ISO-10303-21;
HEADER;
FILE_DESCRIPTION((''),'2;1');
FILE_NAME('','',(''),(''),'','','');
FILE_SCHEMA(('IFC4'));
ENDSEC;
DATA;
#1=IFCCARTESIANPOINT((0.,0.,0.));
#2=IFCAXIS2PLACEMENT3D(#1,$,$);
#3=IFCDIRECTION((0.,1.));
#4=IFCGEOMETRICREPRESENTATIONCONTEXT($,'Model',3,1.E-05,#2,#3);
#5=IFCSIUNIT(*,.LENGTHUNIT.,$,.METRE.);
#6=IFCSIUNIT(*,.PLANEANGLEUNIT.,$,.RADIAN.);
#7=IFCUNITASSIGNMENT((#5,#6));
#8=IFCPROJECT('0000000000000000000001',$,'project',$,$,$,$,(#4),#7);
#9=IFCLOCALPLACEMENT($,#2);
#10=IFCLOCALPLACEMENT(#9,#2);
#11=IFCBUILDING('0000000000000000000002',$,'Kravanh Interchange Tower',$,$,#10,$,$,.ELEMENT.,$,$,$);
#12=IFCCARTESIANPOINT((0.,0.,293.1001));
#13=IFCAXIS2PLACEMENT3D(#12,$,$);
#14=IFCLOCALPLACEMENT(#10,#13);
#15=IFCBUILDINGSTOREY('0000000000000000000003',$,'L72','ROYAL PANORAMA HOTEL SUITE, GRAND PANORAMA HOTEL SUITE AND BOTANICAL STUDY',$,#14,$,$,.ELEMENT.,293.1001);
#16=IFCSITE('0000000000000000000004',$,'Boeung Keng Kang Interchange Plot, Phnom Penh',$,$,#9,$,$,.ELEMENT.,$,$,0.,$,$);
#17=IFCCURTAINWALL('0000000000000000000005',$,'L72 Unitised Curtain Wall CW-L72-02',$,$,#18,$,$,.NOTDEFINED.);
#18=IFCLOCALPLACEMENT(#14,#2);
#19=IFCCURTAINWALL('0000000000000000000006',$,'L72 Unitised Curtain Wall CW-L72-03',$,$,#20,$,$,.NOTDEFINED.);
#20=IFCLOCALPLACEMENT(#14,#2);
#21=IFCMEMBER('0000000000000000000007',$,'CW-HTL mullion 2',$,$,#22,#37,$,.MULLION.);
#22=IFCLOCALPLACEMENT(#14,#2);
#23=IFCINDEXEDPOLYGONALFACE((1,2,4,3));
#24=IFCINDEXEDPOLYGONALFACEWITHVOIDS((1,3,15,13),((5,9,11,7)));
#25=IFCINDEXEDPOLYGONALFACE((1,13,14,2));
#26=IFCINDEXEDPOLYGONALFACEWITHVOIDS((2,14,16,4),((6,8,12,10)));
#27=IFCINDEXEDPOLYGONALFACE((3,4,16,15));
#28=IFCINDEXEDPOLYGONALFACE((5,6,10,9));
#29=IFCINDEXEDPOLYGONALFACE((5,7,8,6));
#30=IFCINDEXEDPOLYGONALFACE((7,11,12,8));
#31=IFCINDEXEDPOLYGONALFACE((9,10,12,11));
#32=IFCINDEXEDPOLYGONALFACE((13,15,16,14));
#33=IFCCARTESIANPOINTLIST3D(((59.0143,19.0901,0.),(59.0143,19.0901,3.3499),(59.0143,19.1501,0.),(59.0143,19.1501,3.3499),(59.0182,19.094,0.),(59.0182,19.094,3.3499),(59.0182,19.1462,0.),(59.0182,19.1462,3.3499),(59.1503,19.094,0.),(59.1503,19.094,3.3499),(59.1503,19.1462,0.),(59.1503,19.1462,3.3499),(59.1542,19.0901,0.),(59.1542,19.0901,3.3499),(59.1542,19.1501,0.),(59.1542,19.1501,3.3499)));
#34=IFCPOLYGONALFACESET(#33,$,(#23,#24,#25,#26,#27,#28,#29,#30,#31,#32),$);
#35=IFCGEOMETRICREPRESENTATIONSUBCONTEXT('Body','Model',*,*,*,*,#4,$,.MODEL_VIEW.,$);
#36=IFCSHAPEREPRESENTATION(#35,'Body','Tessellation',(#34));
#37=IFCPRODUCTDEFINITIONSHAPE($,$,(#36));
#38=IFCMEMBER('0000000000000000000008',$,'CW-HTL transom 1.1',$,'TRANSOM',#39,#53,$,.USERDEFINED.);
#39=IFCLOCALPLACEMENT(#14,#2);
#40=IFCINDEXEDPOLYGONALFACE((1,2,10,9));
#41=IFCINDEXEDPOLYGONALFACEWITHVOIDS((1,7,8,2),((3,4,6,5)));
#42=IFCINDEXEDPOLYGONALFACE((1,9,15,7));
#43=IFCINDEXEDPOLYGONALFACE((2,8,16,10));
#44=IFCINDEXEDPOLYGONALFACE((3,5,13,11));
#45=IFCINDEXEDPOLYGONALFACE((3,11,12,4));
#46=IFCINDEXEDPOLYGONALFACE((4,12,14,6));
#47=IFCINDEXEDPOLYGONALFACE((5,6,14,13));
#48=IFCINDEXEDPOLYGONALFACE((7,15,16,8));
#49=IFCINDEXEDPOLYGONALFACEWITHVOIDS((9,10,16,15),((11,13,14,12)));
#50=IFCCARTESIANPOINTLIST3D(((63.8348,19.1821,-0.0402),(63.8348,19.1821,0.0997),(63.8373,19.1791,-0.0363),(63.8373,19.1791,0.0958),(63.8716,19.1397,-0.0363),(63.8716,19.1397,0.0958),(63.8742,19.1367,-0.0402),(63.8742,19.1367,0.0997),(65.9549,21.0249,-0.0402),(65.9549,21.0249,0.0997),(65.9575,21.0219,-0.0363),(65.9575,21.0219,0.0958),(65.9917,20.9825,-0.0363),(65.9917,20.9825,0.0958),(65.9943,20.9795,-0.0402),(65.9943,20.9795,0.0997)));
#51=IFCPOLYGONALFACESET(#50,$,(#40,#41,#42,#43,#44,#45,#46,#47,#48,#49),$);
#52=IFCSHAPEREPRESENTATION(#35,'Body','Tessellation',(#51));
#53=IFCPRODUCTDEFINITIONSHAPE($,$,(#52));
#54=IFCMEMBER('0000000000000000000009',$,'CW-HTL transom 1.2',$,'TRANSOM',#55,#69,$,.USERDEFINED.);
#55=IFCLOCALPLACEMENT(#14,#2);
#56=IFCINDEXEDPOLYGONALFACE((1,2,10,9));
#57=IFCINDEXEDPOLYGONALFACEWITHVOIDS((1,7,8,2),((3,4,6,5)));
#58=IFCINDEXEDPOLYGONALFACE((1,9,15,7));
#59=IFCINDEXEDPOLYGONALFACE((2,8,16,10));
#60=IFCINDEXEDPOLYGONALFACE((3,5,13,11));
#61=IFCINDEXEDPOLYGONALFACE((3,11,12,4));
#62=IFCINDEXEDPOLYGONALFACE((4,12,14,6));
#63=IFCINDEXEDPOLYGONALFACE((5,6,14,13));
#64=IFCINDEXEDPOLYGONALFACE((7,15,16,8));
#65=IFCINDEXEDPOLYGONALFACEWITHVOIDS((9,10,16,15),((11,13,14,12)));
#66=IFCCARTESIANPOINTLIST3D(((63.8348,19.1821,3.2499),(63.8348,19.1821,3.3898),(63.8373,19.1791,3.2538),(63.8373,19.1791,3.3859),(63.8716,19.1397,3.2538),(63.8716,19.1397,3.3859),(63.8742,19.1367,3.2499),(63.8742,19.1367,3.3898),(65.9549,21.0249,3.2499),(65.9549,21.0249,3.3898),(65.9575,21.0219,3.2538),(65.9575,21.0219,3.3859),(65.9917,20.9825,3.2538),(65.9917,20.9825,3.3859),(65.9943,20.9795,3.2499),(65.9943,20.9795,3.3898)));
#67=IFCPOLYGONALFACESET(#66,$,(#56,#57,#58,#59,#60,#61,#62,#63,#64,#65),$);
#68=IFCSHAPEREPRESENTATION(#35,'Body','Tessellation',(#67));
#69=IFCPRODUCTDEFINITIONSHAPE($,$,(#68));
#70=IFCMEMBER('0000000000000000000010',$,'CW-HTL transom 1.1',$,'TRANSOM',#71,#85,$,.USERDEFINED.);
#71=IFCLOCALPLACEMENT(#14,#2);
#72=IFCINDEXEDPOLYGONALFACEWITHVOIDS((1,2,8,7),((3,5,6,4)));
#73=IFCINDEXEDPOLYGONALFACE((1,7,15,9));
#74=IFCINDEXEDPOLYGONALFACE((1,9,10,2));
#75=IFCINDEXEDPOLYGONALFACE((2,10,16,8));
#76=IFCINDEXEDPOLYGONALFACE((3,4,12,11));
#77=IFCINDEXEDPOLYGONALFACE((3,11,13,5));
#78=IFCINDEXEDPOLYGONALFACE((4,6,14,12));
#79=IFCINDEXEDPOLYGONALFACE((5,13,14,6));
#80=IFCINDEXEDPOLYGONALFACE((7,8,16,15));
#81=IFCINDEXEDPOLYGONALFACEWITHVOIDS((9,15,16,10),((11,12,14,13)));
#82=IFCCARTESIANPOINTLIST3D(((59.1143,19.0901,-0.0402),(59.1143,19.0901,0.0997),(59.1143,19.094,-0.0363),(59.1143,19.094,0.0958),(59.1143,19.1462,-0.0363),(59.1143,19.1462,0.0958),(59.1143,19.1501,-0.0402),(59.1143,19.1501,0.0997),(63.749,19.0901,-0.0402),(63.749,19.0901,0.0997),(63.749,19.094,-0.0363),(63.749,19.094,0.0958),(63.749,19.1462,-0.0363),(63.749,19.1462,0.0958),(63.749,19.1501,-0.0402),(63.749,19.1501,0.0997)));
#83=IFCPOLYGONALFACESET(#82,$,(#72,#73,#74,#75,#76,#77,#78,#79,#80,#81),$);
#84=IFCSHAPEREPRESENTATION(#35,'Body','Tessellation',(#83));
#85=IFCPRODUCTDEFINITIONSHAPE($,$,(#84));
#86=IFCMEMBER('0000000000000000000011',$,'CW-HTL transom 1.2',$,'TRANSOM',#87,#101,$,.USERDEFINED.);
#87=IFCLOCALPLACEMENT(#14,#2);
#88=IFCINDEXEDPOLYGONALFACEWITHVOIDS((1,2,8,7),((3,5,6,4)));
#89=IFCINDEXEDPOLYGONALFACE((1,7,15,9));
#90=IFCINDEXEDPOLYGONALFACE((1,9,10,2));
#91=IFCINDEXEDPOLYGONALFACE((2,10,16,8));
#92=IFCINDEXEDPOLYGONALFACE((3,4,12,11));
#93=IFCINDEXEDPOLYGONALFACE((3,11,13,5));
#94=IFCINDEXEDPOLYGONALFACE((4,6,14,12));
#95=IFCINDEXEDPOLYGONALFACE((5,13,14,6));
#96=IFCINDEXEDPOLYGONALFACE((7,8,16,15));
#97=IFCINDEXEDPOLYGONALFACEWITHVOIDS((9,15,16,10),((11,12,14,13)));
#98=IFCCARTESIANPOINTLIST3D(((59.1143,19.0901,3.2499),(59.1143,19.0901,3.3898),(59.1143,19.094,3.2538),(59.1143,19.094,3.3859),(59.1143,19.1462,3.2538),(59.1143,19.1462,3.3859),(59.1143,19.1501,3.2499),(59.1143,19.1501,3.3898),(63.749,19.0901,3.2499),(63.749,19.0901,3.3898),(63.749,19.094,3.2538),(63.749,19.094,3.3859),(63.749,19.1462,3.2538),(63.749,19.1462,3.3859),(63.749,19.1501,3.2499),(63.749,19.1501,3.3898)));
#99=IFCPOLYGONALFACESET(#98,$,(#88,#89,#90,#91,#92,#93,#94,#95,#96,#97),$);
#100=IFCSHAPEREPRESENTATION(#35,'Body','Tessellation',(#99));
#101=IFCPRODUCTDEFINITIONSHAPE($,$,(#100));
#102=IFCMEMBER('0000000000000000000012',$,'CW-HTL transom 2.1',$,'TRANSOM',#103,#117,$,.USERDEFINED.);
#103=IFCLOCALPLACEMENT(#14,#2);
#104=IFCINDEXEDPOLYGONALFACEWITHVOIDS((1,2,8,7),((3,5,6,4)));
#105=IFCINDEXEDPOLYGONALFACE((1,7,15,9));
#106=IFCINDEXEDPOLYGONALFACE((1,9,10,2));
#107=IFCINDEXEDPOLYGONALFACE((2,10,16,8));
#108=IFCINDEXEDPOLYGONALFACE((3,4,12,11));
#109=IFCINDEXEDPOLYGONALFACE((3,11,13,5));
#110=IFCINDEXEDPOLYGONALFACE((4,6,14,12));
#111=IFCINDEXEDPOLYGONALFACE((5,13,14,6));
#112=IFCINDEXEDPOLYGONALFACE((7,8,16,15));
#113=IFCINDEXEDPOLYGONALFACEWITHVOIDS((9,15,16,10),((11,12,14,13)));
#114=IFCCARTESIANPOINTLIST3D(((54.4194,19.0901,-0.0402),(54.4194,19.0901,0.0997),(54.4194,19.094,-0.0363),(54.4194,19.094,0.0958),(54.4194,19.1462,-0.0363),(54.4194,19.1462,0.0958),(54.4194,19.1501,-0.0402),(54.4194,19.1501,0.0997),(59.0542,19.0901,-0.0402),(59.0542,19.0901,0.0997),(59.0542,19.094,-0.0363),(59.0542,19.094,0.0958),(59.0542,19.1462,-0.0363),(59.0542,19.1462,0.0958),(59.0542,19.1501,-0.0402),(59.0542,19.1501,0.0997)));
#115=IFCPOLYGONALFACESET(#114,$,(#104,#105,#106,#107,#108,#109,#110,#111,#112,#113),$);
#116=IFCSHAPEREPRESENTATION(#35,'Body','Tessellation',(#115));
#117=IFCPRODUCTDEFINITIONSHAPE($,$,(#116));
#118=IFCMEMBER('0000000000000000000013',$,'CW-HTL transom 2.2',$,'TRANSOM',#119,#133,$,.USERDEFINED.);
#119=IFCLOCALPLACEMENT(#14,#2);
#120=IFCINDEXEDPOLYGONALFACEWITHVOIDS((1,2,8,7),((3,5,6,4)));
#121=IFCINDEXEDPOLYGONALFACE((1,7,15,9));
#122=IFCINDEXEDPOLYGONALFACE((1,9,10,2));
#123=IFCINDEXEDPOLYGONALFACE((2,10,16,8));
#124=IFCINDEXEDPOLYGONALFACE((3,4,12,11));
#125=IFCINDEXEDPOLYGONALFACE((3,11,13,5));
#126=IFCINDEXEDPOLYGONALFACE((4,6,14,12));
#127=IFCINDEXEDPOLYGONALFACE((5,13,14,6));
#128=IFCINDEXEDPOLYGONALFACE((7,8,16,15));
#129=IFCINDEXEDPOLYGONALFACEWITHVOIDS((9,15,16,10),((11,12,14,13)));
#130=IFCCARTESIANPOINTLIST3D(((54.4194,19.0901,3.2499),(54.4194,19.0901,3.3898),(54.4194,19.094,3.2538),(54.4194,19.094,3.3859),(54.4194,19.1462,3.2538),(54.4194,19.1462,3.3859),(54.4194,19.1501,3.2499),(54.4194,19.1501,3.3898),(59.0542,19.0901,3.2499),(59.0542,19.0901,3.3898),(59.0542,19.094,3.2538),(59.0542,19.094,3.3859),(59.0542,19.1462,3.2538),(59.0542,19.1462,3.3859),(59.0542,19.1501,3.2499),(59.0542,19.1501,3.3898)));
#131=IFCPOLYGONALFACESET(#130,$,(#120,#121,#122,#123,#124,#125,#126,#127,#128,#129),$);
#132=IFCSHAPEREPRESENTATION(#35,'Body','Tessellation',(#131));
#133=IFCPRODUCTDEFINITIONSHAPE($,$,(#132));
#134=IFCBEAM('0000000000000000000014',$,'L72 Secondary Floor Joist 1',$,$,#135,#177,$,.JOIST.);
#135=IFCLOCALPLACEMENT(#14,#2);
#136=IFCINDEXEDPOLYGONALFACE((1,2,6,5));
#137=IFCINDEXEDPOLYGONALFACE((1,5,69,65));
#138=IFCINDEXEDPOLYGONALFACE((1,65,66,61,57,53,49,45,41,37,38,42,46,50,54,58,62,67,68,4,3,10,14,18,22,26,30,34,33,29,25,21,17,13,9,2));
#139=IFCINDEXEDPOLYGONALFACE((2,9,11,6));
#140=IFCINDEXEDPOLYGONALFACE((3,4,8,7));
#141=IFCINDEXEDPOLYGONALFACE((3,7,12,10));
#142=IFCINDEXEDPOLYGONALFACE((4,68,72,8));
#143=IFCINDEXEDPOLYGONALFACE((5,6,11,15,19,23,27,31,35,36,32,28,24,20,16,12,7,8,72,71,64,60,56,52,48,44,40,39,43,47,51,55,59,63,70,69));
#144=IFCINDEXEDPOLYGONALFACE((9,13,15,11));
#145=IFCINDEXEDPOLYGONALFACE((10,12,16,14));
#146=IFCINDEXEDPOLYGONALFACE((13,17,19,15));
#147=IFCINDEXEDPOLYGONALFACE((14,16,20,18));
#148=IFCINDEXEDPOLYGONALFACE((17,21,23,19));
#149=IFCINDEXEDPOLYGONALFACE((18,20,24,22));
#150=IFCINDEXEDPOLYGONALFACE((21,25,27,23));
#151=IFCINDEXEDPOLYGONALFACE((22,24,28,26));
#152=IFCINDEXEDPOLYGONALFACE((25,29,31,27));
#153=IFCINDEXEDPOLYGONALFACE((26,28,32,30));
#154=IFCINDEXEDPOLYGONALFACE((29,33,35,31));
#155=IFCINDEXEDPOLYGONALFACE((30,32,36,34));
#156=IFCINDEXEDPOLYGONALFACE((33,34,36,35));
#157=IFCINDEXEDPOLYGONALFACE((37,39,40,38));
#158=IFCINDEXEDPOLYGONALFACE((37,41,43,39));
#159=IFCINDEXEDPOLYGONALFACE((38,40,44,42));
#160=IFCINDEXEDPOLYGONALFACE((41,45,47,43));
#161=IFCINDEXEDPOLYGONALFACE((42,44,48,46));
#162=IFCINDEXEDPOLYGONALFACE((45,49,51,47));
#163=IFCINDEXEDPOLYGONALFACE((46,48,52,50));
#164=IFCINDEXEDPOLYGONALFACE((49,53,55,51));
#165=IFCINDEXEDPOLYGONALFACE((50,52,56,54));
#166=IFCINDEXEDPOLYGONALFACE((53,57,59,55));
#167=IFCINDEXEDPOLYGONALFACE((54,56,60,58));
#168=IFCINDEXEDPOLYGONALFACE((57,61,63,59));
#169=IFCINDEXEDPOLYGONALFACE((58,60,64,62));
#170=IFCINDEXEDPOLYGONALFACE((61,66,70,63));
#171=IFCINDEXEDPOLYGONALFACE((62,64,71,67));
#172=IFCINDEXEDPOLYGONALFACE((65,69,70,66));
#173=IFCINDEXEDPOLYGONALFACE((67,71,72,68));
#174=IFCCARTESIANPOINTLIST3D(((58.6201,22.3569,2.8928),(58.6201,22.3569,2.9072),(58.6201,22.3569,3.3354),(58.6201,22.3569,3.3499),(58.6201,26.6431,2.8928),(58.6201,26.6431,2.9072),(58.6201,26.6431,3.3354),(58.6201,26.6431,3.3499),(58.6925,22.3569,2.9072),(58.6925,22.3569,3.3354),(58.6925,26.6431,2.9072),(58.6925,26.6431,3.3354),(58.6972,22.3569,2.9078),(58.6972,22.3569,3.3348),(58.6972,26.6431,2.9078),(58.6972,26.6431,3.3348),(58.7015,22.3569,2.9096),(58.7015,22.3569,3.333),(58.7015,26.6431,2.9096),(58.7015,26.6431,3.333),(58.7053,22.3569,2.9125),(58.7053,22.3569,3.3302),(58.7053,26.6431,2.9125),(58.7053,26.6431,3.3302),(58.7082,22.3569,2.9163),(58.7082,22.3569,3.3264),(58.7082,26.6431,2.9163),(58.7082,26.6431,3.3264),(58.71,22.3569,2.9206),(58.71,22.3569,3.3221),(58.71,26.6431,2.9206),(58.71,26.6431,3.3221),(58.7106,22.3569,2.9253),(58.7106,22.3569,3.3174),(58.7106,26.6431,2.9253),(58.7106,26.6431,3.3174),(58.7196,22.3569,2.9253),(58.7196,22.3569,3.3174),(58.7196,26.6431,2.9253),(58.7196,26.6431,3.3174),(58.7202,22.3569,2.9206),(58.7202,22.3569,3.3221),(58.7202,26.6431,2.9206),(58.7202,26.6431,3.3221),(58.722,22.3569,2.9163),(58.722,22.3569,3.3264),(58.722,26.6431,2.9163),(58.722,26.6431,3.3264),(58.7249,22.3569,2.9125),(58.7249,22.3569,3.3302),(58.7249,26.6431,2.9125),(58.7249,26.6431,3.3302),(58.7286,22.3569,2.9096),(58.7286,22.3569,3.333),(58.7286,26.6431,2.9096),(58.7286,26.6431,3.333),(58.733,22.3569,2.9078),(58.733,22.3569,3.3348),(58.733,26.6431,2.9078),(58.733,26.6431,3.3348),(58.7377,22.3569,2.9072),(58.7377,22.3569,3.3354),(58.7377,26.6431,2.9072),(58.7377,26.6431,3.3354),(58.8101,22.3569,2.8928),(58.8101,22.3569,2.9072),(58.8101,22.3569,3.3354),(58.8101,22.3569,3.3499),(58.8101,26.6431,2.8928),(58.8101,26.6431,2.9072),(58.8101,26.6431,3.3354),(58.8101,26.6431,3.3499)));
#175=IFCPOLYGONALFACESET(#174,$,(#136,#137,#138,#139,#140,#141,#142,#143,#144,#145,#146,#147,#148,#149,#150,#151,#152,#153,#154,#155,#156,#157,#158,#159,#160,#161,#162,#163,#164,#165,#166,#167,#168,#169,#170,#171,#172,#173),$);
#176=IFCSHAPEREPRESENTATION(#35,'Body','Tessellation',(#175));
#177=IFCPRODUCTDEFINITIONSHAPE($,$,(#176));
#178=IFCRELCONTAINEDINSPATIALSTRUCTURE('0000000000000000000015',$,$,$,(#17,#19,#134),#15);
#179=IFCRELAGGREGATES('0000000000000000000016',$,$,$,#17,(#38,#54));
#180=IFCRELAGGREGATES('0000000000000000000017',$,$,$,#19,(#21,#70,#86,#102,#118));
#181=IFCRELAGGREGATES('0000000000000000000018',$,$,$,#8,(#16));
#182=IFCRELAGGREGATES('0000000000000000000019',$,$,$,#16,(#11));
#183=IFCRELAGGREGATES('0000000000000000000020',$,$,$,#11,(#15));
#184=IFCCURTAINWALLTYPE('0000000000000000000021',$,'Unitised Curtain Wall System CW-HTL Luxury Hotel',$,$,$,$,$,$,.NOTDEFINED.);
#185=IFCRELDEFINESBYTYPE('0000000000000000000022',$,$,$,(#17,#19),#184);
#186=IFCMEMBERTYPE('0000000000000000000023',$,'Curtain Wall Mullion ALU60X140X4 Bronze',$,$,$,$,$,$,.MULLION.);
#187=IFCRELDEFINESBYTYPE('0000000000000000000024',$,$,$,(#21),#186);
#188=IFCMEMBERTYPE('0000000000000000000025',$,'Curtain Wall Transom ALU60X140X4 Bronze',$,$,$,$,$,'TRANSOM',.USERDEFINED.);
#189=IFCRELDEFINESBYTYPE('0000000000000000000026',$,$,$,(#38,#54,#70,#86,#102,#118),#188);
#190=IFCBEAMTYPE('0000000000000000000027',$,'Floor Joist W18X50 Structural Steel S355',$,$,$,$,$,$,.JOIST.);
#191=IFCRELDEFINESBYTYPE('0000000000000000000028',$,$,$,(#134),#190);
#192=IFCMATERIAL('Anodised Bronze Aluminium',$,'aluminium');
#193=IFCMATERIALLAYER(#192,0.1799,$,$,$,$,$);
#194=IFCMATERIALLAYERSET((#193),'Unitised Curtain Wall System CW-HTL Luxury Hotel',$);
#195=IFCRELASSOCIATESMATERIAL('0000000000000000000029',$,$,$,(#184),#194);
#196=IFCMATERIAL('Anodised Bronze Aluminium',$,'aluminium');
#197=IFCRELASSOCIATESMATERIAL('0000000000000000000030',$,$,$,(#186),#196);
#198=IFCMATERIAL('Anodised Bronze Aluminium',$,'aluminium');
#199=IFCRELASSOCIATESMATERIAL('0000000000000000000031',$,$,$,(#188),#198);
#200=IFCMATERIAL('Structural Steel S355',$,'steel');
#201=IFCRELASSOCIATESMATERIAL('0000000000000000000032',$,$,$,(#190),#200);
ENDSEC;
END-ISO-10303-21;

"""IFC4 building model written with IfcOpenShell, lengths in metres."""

from ifc_helpers import new_model, si_unit, direction, frame, origin, origin_2d, place, context, subcontext, project, spatial, hollow_rectangle, i_section, extrude, material, layer, layer_set, material_profile, profile_set, type_object, element, aggregate, save


model = new_model("IFC4")

# Units and contexts
model_context = context("Model", 3, precision=1e-05, world=origin(), true_north=direction((0.0, 1.0)))
body_context = subcontext(model_context, "Body", "Model", "MODEL_VIEW")
ifc_project = project(units=[si_unit("LENGTHUNIT", "METRE"), si_unit("PLANEANGLEUNIT", "RADIAN")], contexts=[model_context])

# Site, building, storey
site_placement = place(None, origin())
site = spatial("IfcSite", under=ifc_project, at=site_placement, Name="Boeung Keng Kang Interchange Plot, Phnom Penh", CompositionType="ELEMENT", RefElevation=0.0)
building_placement = place(site_placement, origin())
building = spatial("IfcBuilding", under=site, at=building_placement, Name="Kravanh Interchange Tower", CompositionType="ELEMENT")
storey_placement = place(building_placement, frame((0.0, 0.0, 293.1001)))
storey = spatial("IfcBuildingStorey", under=building, at=storey_placement, Name="L72", Description="ROYAL PANORAMA HOTEL SUITE, GRAND PANORAMA HOTEL SUITE AND BOTANICAL STUDY", CompositionType="ELEMENT", Elevation=293.1001)

# Curtain walls, member
ifc_material_1 = material(Name="Anodised Bronze Aluminium", Category="aluminium")
ifc_layer_1 = layer(ifc_material_1, 0.1799)
ifc_layer_set_1 = layer_set([ifc_layer_1], Name="Unitised Curtain Wall System CW-HTL Luxury Hotel")
curtain_wall_type = type_object("IfcCurtainWallType", Name="Unitised Curtain Wall System CW-HTL Luxury Hotel", PredefinedType="NOTDEFINED", material=ifc_layer_set_1)
curtain_wall_1_placement = place(storey_placement, origin())
curtain_wall_1 = element("IfcCurtainWall", 1, at=curtain_wall_1_placement, inside=storey, type_object=curtain_wall_type, Name="L72 Unitised Curtain Wall CW-L72-02", PredefinedType="NOTDEFINED")
ifc_material_2 = material(Name="Anodised Bronze Aluminium", Category="aluminium")
ifc_material_profile_1 = material_profile(ifc_material_2, hollow_rectangle(XDim=0.0601, YDim=0.1399, WallThickness=0.0039, at=origin_2d()), Name="ALU60X140X4")
ifc_profile_set_1 = profile_set([ifc_material_profile_1], Name="Anodised Bronze Aluminium")
member_type_1 = type_object("IfcMemberType", Name="Curtain Wall Mullion ALU60X140X4 Bronze", PredefinedType="MULLION", material=ifc_profile_set_1)
curtain_wall_2_placement = place(storey_placement, origin())
curtain_wall_2 = element("IfcCurtainWall", 2, at=curtain_wall_2_placement, inside=storey, type_object=curtain_wall_type, Name="L72 Unitised Curtain Wall CW-L72-03", PredefinedType="NOTDEFINED")
member_1_placement = place(storey_placement, frame((59.0842, 19.1201, 0.0), z_axis=(0.0, 0.0, 1.0), x_axis=(0.0, -1.0, 0.0)))
member_1 = element("IfcMember", 3, at=member_1_placement, type_object=member_type_1, Name="CW-HTL mullion 2", PredefinedType="MULLION", context=body_context, shape_type="SweptSolid", body=[
    extrude(hollow_rectangle(XDim=0.0601, YDim=0.1399, WallThickness=0.0039, at=origin_2d()), origin(), (0.0, 0.0, 1.0), 3.3499),
])

# Members
ifc_material_3 = material(Name="Anodised Bronze Aluminium", Category="aluminium")
ifc_material_profile_2 = material_profile(ifc_material_3, hollow_rectangle(XDim=0.0601, YDim=0.1399, WallThickness=0.0039, at=origin_2d()), Name="ALU60X140X4")
ifc_profile_set_2 = profile_set([ifc_material_profile_2], Name="Anodised Bronze Aluminium")
member_type_2 = type_object("IfcMemberType", Name="Curtain Wall Transom ALU60X140X4 Bronze", ElementType="TRANSOM", PredefinedType="USERDEFINED", material=ifc_profile_set_2)
member_2_placement = place(storey_placement, frame((65.9746, 21.0022, 0.0298), z_axis=(-0.754748, -0.656015, 0.0), x_axis=(0.656015, -0.754748, 0.0)))
member_2 = element("IfcMember", 4, at=member_2_placement, type_object=member_type_2, Name="CW-HTL transom 1.1", ObjectType="TRANSOM", PredefinedType="USERDEFINED", context=body_context, shape_type="SweptSolid", body=[
    extrude(hollow_rectangle(XDim=0.0601, YDim=0.1399, WallThickness=0.0039, at=origin_2d()), origin(), (0.0, 0.0, 1.0), 2.8091),
])
member_3_placement = place(storey_placement, frame((65.9746, 21.0022, 3.3198), z_axis=(-0.754748, -0.656015, 0.0), x_axis=(0.656015, -0.754748, 0.0)))
member_3 = element("IfcMember", 5, at=member_3_placement, type_object=member_type_2, Name="CW-HTL transom 1.2", ObjectType="TRANSOM", PredefinedType="USERDEFINED", context=body_context, shape_type="SweptSolid", body=[
    extrude(hollow_rectangle(XDim=0.0601, YDim=0.1399, WallThickness=0.0039, at=origin_2d()), origin(), (0.0, 0.0, 1.0), 2.8091),
])
member_4_placement = place(storey_placement, frame((63.749, 19.1201, 0.0298), z_axis=(-1.0, 0.0, 0.0), x_axis=(0.0, -1.0, 0.0)))
member_4 = element("IfcMember", 6, at=member_4_placement, type_object=member_type_2, Name="CW-HTL transom 1.1", ObjectType="TRANSOM", PredefinedType="USERDEFINED", context=body_context, shape_type="SweptSolid", body=[
    extrude(hollow_rectangle(XDim=0.0601, YDim=0.1399, WallThickness=0.0039, at=origin_2d()), origin(), (0.0, 0.0, 1.0), 4.6348),
])
member_5_placement = place(storey_placement, frame((63.749, 19.1201, 3.3198), z_axis=(-1.0, 0.0, 0.0), x_axis=(0.0, -1.0, 0.0)))
member_5 = element("IfcMember", 7, at=member_5_placement, type_object=member_type_2, Name="CW-HTL transom 1.2", ObjectType="TRANSOM", PredefinedType="USERDEFINED", context=body_context, shape_type="SweptSolid", body=[
    extrude(hollow_rectangle(XDim=0.0601, YDim=0.1399, WallThickness=0.0039, at=origin_2d()), origin(), (0.0, 0.0, 1.0), 4.6348),
])
member_6_placement = place(storey_placement, frame((59.0542, 19.1201, 0.0298), z_axis=(-1.0, 0.0, 0.0), x_axis=(0.0, -1.0, 0.0)))
member_6 = element("IfcMember", 8, at=member_6_placement, type_object=member_type_2, Name="CW-HTL transom 2.1", ObjectType="TRANSOM", PredefinedType="USERDEFINED", context=body_context, shape_type="SweptSolid", body=[
    extrude(hollow_rectangle(XDim=0.0601, YDim=0.1399, WallThickness=0.0039, at=origin_2d()), origin(), (0.0, 0.0, 1.0), 4.6348),
])
member_7_placement = place(storey_placement, frame((59.0542, 19.1201, 3.3198), z_axis=(-1.0, 0.0, 0.0), x_axis=(0.0, -1.0, 0.0)))
member_7 = element("IfcMember", 9, at=member_7_placement, type_object=member_type_2, Name="CW-HTL transom 2.2", ObjectType="TRANSOM", PredefinedType="USERDEFINED", context=body_context, shape_type="SweptSolid", body=[
    extrude(hollow_rectangle(XDim=0.0601, YDim=0.1399, WallThickness=0.0039, at=origin_2d()), origin(), (0.0, 0.0, 1.0), 4.6348),
])

# Beam
ifc_material_4 = material(Name="Structural Steel S355", Category="steel")
ifc_material_profile_3 = material_profile(ifc_material_4, i_section(OverallWidth=0.1899, OverallDepth=0.457, WebThickness=0.009, FlangeThickness=0.0144, FilletRadius=0.0181, at=origin_2d()), Name="W18X50")
ifc_profile_set_3 = profile_set([ifc_material_profile_3], Name="Structural Steel S355")
beam_type_1 = type_object("IfcBeamType", Name="Floor Joist W18X50 Structural Steel S355", PredefinedType="JOIST", material=ifc_profile_set_3)
for number, where, z_axis, x_axis, name in (
    (10, (58.7151, 22.3569, 3.1213), (0.0, 1.0, 0.0), (-1.0, 0.0, 0.0), "L72 Secondary Floor Joist 1"),
):
    element("IfcBeam", number, at=place(storey_placement, frame(where, z_axis=z_axis, x_axis=x_axis)), inside=storey, type_object=beam_type_1, Name=name, PredefinedType="JOIST", context=body_context, shape_type="SweptSolid", body=[
        extrude(i_section(OverallWidth=0.1899, OverallDepth=0.457, WebThickness=0.009, FlangeThickness=0.0144, FilletRadius=0.0181, at=origin_2d()), origin(), (0.0, 0.0, 1.0), 4.2861),
    ])

aggregate(curtain_wall_1, [member_2, member_3])
aggregate(curtain_wall_2, [member_1, member_4, member_5, member_6, member_7])

save(model, "model.ifc")
